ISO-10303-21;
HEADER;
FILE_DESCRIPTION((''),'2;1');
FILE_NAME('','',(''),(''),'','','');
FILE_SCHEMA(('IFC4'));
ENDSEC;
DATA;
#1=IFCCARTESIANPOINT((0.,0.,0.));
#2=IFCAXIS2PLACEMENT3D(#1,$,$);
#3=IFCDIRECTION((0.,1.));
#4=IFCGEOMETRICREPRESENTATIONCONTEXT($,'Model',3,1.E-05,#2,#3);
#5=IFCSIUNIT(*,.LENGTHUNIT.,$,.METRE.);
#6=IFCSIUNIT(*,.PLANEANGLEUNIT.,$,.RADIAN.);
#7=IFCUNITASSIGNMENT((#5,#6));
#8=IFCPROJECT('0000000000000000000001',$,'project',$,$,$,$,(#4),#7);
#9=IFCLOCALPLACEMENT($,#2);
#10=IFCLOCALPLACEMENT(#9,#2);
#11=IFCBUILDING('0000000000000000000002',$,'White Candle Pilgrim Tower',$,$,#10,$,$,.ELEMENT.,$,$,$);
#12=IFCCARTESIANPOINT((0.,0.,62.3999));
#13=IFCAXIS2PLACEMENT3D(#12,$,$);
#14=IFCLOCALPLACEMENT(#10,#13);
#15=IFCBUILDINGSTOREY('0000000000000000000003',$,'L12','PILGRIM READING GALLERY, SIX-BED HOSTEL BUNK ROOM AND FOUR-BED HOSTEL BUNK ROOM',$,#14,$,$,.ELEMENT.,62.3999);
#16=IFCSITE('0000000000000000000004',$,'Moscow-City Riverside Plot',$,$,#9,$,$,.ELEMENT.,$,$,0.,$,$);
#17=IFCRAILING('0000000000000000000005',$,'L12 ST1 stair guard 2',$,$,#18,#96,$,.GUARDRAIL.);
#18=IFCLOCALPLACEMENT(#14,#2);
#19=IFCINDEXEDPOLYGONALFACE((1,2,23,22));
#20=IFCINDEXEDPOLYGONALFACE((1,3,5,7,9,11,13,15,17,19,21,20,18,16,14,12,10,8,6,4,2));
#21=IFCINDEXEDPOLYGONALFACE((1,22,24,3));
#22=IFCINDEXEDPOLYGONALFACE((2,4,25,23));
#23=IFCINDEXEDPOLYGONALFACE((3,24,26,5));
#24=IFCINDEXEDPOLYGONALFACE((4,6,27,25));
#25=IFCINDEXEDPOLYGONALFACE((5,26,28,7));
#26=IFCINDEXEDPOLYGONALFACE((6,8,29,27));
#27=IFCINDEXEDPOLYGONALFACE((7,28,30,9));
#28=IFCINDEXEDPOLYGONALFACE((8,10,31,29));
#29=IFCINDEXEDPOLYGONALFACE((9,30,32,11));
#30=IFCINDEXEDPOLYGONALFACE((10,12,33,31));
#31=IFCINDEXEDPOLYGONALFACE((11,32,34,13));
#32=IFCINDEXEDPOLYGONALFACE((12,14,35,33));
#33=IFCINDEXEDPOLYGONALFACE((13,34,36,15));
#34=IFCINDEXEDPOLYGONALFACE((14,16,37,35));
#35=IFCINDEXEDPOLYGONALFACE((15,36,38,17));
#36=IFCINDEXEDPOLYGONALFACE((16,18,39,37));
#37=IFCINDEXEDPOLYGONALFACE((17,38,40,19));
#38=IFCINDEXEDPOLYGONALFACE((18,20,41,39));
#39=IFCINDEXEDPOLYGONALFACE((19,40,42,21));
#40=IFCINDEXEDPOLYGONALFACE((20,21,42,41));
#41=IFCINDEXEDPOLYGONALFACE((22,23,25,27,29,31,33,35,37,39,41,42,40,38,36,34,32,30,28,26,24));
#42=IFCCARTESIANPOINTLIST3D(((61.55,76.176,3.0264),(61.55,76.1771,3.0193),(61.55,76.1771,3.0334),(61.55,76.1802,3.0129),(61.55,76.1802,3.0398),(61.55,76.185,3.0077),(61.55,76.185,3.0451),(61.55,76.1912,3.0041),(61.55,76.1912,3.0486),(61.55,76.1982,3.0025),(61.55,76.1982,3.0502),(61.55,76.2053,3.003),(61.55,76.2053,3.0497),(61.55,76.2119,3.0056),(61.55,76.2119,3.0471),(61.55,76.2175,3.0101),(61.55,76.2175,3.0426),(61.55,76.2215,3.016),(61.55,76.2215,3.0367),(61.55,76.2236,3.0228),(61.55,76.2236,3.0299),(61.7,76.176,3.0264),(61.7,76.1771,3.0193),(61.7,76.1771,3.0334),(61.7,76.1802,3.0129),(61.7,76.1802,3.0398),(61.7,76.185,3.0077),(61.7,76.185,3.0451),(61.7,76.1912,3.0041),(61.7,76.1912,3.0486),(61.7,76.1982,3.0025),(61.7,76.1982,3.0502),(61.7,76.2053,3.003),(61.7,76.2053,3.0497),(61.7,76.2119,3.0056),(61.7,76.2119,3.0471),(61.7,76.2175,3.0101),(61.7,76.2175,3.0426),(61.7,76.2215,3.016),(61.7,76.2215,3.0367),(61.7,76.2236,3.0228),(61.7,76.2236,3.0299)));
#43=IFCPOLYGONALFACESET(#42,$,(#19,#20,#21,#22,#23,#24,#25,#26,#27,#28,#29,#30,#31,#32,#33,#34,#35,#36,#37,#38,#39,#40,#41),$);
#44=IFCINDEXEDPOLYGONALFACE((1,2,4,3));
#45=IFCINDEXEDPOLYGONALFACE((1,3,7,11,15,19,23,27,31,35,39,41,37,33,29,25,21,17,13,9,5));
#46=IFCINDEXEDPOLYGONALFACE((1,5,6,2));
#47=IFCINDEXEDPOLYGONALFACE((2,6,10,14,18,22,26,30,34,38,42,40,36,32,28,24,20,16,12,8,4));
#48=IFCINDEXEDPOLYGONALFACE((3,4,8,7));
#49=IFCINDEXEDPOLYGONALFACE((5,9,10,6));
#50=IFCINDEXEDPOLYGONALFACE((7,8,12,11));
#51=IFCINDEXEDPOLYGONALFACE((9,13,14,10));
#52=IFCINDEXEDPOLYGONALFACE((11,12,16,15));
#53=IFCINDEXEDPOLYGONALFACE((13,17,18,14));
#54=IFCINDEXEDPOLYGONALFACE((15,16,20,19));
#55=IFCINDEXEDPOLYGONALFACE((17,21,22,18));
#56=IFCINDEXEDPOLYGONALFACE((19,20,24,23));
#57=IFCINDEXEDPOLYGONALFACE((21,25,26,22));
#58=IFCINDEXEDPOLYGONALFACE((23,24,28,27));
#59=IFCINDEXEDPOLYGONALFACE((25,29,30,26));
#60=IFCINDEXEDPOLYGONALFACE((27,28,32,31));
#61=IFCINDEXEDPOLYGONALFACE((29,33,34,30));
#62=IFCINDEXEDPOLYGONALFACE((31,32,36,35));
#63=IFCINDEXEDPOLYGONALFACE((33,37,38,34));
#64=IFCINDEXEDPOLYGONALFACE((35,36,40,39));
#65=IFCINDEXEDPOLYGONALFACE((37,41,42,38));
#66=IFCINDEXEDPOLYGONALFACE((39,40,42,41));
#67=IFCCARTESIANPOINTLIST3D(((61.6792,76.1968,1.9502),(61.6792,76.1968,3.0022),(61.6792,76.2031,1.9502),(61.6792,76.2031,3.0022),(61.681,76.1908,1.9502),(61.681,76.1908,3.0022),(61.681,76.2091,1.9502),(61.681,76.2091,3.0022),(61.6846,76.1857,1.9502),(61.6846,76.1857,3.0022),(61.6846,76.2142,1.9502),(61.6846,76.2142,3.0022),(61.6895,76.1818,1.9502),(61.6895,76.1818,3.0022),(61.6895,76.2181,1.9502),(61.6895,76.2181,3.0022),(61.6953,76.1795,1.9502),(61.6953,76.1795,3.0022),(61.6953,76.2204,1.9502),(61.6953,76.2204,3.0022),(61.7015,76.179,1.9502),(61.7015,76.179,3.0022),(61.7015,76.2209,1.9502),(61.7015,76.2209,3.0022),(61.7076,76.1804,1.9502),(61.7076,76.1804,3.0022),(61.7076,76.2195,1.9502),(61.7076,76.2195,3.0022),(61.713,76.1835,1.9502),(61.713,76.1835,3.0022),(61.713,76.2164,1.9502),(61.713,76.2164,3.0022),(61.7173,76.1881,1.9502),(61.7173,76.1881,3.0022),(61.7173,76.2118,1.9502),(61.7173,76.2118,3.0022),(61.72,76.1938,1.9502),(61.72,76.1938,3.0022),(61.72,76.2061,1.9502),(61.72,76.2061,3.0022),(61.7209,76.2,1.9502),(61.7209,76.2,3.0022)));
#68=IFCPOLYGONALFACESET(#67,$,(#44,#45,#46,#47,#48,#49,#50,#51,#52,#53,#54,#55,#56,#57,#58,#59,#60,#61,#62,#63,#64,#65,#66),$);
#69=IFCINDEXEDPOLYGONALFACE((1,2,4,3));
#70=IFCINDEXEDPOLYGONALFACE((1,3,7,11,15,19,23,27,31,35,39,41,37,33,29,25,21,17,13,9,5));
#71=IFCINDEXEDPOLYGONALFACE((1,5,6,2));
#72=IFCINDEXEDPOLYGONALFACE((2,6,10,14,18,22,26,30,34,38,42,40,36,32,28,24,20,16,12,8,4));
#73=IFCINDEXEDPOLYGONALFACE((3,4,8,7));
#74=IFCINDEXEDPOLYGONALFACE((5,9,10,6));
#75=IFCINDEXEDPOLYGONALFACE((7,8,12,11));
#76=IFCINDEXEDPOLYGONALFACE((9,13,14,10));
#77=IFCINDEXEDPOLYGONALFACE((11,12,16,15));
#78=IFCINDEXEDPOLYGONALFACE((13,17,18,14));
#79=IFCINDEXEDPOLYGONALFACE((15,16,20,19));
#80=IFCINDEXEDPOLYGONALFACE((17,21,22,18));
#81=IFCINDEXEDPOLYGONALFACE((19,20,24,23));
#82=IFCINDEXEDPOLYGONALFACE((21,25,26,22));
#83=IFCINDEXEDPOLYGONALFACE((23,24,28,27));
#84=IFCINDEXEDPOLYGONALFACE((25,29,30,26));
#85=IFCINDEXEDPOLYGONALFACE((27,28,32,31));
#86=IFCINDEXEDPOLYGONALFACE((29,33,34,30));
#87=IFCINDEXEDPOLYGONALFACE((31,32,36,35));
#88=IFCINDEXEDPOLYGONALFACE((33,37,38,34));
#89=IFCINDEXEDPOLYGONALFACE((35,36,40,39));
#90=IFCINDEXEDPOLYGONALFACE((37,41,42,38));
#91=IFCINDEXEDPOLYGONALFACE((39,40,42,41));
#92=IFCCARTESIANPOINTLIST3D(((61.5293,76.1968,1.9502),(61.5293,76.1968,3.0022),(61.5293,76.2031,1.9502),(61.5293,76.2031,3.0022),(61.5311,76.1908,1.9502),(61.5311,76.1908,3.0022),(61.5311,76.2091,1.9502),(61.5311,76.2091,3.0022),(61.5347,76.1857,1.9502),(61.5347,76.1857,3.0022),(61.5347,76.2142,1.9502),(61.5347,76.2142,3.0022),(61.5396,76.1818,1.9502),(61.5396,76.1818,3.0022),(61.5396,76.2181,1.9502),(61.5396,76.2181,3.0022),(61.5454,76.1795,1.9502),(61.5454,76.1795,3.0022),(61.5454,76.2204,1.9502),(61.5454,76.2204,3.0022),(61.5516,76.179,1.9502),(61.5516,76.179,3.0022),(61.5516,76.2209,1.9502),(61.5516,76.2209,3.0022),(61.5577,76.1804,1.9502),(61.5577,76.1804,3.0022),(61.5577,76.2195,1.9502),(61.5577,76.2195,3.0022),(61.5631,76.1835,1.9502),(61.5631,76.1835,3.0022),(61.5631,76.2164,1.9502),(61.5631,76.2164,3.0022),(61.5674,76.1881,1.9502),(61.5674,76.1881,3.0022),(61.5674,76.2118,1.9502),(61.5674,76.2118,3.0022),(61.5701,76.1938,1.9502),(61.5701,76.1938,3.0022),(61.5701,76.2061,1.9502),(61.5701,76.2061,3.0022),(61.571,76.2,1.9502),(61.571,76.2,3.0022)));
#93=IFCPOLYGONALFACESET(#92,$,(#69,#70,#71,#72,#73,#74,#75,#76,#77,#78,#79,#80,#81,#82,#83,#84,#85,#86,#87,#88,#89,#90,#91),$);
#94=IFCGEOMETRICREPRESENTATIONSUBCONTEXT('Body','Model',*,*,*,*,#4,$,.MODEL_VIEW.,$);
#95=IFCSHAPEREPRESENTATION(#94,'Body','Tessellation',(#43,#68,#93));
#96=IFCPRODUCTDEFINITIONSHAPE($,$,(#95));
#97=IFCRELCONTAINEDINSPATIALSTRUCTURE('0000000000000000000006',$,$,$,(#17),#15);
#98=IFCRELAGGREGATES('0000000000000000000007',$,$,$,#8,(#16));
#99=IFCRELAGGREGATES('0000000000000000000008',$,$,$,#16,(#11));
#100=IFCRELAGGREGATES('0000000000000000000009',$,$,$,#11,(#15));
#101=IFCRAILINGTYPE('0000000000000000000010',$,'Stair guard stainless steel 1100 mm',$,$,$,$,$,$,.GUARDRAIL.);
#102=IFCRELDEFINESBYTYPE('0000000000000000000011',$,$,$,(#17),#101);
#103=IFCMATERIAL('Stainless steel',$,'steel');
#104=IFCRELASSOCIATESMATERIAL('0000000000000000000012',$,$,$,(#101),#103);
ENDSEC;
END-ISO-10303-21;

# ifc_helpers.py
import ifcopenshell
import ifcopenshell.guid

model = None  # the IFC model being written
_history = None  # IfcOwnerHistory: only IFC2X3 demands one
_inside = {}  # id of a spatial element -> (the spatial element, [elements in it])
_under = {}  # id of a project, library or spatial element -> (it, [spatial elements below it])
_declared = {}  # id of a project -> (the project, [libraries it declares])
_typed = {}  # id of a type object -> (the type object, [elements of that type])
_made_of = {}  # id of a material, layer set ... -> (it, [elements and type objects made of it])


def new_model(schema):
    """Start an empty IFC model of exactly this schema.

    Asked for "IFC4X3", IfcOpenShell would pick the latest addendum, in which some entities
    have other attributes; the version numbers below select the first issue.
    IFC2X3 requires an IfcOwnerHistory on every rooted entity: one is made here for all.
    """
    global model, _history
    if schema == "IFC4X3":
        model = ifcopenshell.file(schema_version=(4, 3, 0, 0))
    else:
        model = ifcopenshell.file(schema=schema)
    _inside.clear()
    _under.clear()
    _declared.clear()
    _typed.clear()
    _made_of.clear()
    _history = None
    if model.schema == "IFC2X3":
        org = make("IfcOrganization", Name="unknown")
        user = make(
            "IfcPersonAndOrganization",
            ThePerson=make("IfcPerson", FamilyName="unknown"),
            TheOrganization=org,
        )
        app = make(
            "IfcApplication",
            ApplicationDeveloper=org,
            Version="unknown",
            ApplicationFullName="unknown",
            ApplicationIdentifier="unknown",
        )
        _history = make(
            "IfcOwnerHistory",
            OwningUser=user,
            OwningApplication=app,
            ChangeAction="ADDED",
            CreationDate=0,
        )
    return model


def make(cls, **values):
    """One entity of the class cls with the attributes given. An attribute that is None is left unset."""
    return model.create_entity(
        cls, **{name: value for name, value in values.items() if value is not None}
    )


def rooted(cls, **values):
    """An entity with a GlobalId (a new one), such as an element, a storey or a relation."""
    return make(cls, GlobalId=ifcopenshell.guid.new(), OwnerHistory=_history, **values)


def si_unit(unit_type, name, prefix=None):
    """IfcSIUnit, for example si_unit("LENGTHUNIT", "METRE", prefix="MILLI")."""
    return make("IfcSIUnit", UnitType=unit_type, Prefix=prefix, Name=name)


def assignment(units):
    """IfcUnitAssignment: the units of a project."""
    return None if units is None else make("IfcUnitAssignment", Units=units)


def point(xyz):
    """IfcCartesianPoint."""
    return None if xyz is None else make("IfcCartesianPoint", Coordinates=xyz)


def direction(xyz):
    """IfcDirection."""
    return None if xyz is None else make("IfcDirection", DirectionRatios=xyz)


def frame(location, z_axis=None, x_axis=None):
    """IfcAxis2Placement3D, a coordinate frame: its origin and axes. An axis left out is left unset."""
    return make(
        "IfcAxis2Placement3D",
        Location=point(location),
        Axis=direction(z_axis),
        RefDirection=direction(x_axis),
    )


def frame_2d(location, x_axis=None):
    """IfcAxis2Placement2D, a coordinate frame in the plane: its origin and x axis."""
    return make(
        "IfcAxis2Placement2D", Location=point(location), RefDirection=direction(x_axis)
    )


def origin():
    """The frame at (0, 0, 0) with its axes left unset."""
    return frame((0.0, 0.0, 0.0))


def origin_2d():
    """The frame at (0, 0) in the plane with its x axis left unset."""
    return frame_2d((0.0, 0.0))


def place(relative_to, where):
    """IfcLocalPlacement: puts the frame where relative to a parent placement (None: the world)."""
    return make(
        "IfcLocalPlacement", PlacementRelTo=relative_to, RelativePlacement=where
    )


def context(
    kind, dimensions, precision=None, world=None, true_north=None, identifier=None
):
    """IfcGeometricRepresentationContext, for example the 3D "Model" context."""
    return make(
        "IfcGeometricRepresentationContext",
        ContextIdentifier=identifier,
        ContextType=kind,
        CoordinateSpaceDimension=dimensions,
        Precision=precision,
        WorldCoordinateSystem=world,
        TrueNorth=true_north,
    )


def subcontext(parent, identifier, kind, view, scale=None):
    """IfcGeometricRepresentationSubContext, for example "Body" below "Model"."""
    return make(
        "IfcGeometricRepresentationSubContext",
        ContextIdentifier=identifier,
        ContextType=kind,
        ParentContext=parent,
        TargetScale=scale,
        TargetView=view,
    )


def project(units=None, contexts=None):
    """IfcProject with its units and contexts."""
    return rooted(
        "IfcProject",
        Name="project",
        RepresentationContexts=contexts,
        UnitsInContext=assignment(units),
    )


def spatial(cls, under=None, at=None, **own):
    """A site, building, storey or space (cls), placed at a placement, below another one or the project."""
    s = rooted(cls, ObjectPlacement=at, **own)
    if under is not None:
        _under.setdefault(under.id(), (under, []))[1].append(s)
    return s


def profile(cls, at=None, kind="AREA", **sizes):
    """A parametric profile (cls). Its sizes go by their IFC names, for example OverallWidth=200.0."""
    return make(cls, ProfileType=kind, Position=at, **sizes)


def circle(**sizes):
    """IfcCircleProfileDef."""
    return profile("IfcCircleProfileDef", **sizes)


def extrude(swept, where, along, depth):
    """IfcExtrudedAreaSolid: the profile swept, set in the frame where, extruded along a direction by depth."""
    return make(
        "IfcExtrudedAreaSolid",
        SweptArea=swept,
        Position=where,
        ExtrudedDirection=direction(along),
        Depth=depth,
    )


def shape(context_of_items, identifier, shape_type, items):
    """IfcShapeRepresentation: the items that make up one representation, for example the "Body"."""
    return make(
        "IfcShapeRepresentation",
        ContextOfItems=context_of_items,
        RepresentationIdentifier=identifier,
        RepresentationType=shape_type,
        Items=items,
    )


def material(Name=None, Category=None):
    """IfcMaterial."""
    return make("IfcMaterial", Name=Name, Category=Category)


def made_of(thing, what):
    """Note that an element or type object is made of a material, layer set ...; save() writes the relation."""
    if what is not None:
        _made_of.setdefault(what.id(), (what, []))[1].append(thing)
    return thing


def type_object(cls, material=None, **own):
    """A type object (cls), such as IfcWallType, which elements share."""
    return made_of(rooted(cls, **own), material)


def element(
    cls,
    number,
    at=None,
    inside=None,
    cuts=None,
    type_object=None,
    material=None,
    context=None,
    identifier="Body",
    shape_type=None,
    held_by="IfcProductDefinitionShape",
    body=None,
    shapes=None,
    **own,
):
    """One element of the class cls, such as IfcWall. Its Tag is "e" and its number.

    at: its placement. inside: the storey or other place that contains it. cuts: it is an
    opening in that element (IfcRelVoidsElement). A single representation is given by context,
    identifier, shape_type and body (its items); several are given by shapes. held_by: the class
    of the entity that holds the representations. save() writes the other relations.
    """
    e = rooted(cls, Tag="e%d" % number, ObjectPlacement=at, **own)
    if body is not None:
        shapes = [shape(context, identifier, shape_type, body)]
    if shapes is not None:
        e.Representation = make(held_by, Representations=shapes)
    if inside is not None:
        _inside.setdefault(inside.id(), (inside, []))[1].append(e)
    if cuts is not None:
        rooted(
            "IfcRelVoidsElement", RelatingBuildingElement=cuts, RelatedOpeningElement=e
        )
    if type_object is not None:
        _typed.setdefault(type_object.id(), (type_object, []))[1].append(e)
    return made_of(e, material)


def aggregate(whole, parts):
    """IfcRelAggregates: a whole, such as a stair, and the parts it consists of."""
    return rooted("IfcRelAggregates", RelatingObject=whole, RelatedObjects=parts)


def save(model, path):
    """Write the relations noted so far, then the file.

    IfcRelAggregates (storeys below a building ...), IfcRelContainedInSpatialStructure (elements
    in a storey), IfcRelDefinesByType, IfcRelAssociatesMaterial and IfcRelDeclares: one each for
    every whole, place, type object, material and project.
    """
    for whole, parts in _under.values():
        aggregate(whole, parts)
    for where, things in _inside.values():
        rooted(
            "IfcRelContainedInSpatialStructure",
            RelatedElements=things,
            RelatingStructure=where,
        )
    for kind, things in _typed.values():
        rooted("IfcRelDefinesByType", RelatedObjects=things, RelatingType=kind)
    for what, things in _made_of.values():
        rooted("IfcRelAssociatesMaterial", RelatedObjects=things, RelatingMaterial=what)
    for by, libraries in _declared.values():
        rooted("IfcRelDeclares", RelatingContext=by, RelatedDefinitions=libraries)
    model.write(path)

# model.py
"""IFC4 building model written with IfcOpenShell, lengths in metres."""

from ifc_helpers import new_model, si_unit, direction, frame, origin, origin_2d, place, context, subcontext, project, spatial, circle, extrude, material, type_object, element, save


model = new_model("IFC4")

# Units and contexts
model_context = context("Model", 3, precision=1e-05, world=origin(), true_north=direction((0.0, 1.0)))
body_context = subcontext(model_context, "Body", "Model", "MODEL_VIEW")
ifc_project = project(units=[si_unit("LENGTHUNIT", "METRE"), si_unit("PLANEANGLEUNIT", "RADIAN")], contexts=[model_context])

# Site, building, storey
site_placement = place(None, origin())
site = spatial("IfcSite", under=ifc_project, at=site_placement, Name="Moscow-City Riverside Plot", CompositionType="ELEMENT", RefElevation=0.0)
building_placement = place(site_placement, origin())
building = spatial("IfcBuilding", under=site, at=building_placement, Name="White Candle Pilgrim Tower", CompositionType="ELEMENT")
storey_placement = place(building_placement, frame((0.0, 0.0, 62.3999)))
storey = spatial("IfcBuildingStorey", under=building, at=storey_placement, Name="L12", Description="PILGRIM READING GALLERY, SIX-BED HOSTEL BUNK ROOM AND FOUR-BED HOSTEL BUNK ROOM", CompositionType="ELEMENT", Elevation=62.3999)

# Railing
ifc_material_1 = material(Name="Stainless steel", Category="steel")
railing_type_1 = type_object("IfcRailingType", Name="Stair guard stainless steel 1100 mm", PredefinedType="GUARDRAIL", material=ifc_material_1)
railing_1_placement = place(storey_placement, frame((61.7, 76.2, 1.9502)))
element("IfcRailing", 1, at=railing_1_placement, inside=storey, type_object=railing_type_1, Name="L12 ST1 stair guard 2", PredefinedType="GUARDRAIL", context=body_context, shape_type="SweptSolid", body=[
    extrude(circle(Radius=0.0239, at=origin_2d()), frame((0.0, 0.0, 1.0762), z_axis=(-1.0, 0.0, 0.0), x_axis=(0.0, -1.0, 0.0)), (0.0, 0.0, 1.0), 0.1499),
    extrude(circle(Radius=0.021, at=origin_2d()), origin(), (0.0, 0.0, 1.0), 1.052),
    extrude(circle(Radius=0.021, at=origin_2d()), frame((-0.1499, 0.0, 0.0)), (0.0, 0.0, 1.0), 1.052),
])

save(model, "model.ifc")
